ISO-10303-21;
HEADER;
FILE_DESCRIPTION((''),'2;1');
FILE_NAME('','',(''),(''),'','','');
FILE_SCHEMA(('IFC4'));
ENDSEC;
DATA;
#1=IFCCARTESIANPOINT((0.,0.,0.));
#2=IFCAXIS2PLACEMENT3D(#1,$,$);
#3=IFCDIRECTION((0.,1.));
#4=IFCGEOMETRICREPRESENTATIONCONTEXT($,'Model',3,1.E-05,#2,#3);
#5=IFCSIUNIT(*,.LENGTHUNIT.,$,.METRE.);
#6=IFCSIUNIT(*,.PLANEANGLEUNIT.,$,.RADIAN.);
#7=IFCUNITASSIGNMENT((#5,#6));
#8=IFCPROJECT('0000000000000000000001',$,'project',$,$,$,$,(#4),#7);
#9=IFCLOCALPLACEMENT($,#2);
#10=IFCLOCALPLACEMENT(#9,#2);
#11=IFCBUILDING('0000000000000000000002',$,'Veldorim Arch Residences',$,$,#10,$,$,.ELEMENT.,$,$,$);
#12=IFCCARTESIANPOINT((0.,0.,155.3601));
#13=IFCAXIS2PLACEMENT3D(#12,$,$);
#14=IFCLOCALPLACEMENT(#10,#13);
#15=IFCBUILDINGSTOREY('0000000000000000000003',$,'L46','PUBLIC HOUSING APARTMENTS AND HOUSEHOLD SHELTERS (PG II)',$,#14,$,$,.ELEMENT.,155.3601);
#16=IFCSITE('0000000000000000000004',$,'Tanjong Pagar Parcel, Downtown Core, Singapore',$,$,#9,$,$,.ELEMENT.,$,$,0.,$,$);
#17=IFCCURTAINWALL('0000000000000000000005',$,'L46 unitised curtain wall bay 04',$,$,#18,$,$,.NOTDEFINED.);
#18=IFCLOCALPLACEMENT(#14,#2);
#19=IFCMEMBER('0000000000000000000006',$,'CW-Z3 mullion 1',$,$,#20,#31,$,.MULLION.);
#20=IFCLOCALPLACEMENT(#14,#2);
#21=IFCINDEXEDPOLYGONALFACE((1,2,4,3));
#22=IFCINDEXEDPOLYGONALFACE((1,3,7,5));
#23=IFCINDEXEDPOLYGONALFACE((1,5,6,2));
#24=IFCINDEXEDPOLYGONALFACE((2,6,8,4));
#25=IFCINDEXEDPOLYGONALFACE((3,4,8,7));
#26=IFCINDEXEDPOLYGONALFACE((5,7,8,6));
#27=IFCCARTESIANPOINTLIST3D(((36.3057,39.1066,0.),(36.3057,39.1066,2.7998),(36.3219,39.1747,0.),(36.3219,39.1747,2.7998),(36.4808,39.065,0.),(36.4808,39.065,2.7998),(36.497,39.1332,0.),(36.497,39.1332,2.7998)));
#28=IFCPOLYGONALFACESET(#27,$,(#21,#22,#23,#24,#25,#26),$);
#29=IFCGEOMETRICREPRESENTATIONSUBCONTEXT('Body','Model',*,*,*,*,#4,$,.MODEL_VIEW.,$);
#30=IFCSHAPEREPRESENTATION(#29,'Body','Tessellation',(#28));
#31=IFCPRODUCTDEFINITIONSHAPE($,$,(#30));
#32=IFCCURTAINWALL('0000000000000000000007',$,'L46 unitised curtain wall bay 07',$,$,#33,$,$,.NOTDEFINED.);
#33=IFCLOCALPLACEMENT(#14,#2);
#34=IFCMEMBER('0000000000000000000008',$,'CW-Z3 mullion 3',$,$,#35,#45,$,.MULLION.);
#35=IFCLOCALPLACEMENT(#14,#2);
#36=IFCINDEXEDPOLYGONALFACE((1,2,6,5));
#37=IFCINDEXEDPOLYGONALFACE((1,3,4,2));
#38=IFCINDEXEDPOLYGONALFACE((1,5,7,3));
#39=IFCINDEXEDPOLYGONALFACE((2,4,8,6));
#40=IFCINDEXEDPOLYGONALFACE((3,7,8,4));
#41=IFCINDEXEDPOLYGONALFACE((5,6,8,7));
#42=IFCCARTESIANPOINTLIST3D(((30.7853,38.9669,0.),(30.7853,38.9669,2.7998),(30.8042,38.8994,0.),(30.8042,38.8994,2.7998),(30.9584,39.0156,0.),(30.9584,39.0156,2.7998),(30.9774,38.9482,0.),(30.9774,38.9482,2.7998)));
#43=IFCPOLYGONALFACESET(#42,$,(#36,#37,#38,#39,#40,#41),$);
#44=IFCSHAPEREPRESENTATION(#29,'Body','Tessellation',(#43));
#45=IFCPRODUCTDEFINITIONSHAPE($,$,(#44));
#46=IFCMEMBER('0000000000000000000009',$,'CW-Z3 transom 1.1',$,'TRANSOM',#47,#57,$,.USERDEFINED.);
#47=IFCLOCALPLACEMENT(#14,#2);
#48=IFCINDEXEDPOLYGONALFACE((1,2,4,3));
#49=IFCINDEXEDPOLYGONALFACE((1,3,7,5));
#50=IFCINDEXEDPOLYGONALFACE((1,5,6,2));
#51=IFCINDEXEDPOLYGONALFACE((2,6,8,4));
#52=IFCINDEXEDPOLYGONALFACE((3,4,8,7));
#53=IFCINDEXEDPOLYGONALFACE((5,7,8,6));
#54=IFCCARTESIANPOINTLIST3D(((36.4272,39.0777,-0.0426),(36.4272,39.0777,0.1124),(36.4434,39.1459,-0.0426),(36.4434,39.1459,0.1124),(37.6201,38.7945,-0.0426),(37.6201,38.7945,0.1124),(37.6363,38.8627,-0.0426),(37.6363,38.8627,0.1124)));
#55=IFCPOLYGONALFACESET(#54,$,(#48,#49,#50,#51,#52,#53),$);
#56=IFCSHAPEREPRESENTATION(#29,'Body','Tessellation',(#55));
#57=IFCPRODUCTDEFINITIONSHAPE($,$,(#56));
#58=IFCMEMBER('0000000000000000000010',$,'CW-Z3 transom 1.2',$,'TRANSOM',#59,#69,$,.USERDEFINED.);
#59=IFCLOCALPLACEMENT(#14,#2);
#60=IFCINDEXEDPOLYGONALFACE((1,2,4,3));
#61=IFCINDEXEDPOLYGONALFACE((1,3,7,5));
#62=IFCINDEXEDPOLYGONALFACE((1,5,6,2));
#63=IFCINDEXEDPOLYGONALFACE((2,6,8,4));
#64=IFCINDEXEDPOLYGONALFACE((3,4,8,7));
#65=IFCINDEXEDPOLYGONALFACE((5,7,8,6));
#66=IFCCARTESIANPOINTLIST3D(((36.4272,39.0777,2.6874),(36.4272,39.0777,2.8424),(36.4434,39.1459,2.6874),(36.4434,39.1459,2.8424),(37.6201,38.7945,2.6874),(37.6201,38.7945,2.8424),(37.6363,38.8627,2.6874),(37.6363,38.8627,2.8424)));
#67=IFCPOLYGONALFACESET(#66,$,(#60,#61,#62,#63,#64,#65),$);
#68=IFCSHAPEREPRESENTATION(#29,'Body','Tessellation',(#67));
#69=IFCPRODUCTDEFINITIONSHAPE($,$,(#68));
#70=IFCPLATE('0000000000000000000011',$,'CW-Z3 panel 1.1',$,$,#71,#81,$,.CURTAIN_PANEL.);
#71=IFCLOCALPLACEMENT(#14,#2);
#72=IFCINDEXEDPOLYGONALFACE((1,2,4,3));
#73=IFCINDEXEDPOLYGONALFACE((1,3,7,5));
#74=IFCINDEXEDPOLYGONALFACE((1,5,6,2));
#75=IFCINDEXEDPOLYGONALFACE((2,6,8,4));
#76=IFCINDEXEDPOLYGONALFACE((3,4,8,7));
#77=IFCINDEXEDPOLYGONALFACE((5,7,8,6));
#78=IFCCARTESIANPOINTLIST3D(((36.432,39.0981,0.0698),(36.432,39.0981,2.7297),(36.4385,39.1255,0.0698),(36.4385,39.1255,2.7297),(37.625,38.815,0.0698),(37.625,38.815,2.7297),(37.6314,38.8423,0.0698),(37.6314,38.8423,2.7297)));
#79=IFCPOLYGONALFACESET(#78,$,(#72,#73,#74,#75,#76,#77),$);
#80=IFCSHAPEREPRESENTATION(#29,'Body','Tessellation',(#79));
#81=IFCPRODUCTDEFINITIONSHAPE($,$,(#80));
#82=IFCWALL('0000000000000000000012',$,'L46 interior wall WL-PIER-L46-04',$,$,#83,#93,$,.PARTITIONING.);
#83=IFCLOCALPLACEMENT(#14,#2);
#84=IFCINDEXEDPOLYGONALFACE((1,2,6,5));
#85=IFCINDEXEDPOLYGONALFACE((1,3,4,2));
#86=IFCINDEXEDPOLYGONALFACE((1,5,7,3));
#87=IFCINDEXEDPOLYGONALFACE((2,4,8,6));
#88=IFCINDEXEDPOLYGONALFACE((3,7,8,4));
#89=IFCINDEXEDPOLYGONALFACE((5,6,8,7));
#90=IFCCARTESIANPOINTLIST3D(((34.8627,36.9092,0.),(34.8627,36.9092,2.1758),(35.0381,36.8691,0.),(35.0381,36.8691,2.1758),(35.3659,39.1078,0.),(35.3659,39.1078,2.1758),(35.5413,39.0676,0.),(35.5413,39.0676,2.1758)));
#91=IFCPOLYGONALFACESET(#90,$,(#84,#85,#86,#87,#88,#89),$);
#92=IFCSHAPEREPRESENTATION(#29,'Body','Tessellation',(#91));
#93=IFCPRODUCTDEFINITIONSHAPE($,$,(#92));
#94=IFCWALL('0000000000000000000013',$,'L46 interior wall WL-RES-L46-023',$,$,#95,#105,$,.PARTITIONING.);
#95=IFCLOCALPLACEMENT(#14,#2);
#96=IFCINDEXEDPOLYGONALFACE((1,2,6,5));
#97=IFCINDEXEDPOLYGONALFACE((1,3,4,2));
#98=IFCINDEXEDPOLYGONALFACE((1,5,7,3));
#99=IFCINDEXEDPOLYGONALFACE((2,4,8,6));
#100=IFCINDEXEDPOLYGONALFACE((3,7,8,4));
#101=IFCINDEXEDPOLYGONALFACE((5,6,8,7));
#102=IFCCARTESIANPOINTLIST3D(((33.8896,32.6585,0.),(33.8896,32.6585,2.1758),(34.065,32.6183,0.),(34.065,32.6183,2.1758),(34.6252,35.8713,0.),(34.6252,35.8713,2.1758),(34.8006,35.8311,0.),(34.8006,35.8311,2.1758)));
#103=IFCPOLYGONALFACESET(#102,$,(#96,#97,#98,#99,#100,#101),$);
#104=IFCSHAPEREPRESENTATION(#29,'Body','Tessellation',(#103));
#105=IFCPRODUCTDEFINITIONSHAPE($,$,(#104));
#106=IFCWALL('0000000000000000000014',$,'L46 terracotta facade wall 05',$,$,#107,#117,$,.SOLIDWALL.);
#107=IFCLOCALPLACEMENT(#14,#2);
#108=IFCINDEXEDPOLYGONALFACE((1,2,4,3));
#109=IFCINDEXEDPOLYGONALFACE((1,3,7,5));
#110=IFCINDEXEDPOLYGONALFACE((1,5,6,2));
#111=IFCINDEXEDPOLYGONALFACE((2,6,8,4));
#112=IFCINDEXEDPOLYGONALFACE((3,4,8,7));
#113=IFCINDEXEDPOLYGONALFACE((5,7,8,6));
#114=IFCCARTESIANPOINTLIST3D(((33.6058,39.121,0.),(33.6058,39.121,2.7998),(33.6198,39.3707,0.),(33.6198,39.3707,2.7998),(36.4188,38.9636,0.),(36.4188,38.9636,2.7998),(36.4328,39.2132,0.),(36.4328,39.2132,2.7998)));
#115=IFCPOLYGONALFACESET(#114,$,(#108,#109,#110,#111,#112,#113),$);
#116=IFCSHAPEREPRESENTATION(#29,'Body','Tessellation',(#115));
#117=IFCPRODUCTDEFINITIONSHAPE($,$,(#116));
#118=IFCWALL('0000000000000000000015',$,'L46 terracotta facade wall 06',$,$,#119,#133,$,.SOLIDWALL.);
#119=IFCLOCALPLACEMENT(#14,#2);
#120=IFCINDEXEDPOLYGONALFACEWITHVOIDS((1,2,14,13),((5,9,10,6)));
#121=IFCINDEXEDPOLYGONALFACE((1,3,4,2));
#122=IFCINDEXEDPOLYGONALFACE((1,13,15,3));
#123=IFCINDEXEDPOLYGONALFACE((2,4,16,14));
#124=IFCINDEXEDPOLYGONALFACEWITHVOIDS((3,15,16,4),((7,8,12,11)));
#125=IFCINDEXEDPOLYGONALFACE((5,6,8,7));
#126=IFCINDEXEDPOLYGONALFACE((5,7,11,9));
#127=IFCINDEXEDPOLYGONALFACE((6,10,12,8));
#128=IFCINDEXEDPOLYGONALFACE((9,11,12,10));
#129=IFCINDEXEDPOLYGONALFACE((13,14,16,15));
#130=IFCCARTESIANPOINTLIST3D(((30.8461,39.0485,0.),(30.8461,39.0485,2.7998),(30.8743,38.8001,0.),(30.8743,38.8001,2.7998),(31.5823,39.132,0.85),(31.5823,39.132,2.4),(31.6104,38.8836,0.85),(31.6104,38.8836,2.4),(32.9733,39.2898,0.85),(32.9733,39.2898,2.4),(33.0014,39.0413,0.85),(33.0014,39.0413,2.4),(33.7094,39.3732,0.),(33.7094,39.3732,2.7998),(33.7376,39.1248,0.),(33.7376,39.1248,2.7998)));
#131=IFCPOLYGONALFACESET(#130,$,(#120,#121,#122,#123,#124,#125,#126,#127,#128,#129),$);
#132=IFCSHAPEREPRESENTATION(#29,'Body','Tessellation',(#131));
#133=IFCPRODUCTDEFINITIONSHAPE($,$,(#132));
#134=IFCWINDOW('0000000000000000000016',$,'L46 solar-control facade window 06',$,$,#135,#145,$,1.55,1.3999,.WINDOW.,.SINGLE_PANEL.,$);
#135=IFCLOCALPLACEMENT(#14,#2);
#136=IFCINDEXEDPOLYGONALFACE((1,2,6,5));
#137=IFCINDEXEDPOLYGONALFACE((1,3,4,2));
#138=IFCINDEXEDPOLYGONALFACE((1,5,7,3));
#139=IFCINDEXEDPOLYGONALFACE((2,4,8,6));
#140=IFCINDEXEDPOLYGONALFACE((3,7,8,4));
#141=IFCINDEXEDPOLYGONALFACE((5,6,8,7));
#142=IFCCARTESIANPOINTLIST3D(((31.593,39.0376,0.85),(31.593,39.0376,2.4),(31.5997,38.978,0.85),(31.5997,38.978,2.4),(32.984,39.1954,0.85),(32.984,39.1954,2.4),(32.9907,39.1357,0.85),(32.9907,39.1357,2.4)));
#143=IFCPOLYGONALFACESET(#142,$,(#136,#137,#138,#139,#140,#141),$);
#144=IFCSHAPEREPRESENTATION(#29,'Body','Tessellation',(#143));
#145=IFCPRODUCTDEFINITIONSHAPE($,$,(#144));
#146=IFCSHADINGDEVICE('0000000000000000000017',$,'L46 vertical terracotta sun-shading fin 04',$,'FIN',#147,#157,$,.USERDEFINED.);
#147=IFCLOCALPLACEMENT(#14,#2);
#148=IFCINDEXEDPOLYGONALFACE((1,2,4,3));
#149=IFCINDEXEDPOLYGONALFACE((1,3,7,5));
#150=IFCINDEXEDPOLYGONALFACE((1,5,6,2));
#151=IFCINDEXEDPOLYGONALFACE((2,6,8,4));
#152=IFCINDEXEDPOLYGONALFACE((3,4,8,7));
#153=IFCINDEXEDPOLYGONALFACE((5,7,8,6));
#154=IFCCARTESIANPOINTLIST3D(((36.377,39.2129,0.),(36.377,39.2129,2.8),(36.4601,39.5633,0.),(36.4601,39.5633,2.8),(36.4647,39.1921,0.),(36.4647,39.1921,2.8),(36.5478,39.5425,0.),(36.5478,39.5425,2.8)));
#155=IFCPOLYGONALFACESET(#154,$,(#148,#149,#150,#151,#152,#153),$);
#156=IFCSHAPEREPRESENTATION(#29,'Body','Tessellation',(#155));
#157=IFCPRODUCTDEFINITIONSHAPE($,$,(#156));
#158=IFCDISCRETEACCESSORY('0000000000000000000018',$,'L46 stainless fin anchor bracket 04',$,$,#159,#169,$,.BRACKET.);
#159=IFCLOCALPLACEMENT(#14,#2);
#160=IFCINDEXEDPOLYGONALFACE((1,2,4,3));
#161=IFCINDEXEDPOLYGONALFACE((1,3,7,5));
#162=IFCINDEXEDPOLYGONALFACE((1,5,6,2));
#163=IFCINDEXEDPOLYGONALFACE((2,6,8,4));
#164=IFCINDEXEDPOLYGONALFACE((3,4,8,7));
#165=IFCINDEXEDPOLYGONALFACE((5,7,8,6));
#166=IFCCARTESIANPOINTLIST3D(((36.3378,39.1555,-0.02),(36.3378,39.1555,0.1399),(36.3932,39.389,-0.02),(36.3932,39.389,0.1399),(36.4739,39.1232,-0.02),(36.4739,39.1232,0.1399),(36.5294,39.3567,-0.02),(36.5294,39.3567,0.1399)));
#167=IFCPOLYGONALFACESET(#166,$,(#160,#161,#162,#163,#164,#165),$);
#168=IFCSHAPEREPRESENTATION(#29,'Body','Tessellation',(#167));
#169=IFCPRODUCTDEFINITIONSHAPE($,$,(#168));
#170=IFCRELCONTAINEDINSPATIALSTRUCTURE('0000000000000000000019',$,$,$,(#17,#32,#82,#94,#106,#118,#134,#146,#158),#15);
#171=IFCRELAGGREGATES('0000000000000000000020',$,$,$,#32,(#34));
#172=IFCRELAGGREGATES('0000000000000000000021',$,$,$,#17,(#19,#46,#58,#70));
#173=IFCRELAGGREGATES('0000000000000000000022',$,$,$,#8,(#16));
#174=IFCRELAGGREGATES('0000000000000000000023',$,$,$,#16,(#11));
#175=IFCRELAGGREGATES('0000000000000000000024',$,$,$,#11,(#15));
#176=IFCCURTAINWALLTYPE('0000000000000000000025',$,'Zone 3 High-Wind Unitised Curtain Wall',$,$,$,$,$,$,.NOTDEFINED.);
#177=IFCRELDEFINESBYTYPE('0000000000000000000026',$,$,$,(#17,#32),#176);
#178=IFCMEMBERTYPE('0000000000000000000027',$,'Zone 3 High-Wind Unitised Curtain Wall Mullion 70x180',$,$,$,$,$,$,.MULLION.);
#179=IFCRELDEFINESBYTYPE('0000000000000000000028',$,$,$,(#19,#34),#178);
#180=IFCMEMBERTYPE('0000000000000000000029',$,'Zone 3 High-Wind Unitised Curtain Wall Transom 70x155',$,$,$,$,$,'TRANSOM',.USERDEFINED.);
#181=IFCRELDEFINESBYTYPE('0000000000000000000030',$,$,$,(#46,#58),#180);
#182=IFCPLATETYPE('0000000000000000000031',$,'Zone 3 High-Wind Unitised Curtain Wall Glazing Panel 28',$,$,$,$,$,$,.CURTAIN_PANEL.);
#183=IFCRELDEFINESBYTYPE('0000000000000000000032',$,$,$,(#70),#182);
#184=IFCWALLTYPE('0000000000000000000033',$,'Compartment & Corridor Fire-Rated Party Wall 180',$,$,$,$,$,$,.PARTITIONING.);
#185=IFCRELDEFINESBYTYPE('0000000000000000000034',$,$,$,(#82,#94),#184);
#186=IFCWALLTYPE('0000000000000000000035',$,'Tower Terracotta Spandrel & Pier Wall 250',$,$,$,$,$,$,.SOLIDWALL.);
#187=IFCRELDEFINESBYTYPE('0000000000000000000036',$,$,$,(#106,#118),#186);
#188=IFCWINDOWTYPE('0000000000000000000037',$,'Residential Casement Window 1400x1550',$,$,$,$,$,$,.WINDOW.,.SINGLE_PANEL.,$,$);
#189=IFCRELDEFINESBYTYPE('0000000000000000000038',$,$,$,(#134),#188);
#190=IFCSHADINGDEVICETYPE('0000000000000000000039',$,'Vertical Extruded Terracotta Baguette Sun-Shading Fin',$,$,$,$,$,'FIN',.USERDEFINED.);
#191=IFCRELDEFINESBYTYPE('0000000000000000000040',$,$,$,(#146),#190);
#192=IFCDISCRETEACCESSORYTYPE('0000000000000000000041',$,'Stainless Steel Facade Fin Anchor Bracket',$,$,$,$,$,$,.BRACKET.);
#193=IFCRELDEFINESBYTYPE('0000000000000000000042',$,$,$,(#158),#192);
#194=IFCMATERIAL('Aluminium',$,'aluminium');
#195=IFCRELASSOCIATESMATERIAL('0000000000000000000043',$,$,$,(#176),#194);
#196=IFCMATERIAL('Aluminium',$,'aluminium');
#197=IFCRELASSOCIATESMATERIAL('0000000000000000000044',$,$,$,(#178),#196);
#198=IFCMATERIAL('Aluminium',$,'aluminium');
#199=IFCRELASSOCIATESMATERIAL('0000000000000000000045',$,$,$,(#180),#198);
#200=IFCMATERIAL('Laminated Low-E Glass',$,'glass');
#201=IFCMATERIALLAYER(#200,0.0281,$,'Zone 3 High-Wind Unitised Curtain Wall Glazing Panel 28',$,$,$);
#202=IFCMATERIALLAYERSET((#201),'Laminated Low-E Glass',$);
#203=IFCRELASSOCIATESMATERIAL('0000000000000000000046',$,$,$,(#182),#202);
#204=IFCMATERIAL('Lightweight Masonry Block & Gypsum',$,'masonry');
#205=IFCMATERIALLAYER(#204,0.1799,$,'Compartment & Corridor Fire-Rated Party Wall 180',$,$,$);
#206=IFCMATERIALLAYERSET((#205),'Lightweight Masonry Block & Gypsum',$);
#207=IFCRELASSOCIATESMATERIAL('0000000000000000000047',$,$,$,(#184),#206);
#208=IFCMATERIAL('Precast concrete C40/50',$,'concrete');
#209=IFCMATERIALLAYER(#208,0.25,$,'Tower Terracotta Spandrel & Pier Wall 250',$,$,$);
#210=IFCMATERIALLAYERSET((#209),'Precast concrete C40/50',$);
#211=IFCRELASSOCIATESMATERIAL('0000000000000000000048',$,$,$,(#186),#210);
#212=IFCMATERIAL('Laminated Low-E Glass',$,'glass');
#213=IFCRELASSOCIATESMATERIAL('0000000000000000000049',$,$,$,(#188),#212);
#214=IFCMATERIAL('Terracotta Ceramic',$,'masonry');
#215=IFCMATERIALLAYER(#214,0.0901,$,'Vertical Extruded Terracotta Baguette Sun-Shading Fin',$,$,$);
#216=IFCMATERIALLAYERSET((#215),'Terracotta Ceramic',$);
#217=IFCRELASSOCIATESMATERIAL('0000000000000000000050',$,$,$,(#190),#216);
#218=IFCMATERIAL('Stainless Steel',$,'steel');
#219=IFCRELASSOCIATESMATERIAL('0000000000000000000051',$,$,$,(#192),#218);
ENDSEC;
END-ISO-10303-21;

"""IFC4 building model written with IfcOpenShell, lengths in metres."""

from ifc_helpers import new_model, si_unit, direction, frame, frame_2d, origin, origin_2d, place, context, subcontext, project, spatial, rectangle, extrude, material, layer, layer_set, material_profile, profile_set, type_object, element, fill, aggregate, save


model = new_model("IFC4")

# Units and contexts
model_context = context("Model", 3, precision=1e-05, world=origin(), true_north=direction((0.0, 1.0)))
body_context = subcontext(model_context, "Body", "Model", "MODEL_VIEW")
ifc_project = project(units=[si_unit("LENGTHUNIT", "METRE"), si_unit("PLANEANGLEUNIT", "RADIAN")], contexts=[model_context])

# Site, building, storey
site_placement = place(None, origin())
site = spatial("IfcSite", under=ifc_project, at=site_placement, Name="Tanjong Pagar Parcel, Downtown Core, Singapore", CompositionType="ELEMENT", RefElevation=0.0)
building_placement = place(site_placement, origin())
building = spatial("IfcBuilding", under=site, at=building_placement, Name="Veldorim Arch Residences", CompositionType="ELEMENT")
storey_placement = place(building_placement, frame((0.0, 0.0, 155.3601)))
storey = spatial("IfcBuildingStorey", under=building, at=storey_placement, Name="L46", Description="PUBLIC HOUSING APARTMENTS AND HOUSEHOLD SHELTERS (PG II)", CompositionType="ELEMENT", Elevation=155.3601)

# Curtain walls, members
ifc_material_1 = material(Name="Aluminium", Category="aluminium")
curtain_wall_type = type_object("IfcCurtainWallType", Name="Zone 3 High-Wind Unitised Curtain Wall", PredefinedType="NOTDEFINED", material=ifc_material_1)
curtain_wall_1_placement = place(storey_placement, origin())
curtain_wall_1 = element("IfcCurtainWall", 1, at=curtain_wall_1_placement, inside=storey, type_object=curtain_wall_type, Name="L46 unitised curtain wall bay 04", PredefinedType="NOTDEFINED")
ifc_material_2 = material(Name="Aluminium", Category="aluminium")
ifc_material_profile_1 = material_profile(ifc_material_2, rectangle(XDim=0.0701, YDim=0.1799, at=origin_2d()), Name="ALU_MUL_70x180")
ifc_profile_set_1 = profile_set([ifc_material_profile_1], Name="Aluminium")
member_type_1 = type_object("IfcMemberType", Name="Zone 3 High-Wind Unitised Curtain Wall Mullion 70x180", PredefinedType="MULLION", material=ifc_profile_set_1)
member_1_placement = place(storey_placement, frame((36.4014, 39.1199, 0.0), z_axis=(0.0, 0.0, 1.0), x_axis=(0.230957, 0.972964, 0.0)))
member_1 = element("IfcMember", 2, at=member_1_placement, type_object=member_type_1, Name="CW-Z3 mullion 1", PredefinedType="MULLION", context=body_context, shape_type="SweptSolid", body=[
    extrude(rectangle(XDim=0.0701, YDim=0.1799, at=origin_2d()), origin(), (0.0, 0.0, 1.0), 2.7998),
])
curtain_wall_2_placement = place(storey_placement, origin())
curtain_wall_2 = element("IfcCurtainWall", 3, at=curtain_wall_2_placement, inside=storey, type_object=curtain_wall_type, Name="L46 unitised curtain wall bay 07", PredefinedType="NOTDEFINED")
member_2_placement = place(storey_placement, frame((30.8813, 38.9575, 0.0), z_axis=(0.0, 0.0, 1.0), x_axis=(-0.271101, 0.962551, 0.0)))
member_2 = element("IfcMember", 4, at=member_2_placement, type_object=member_type_1, Name="CW-Z3 mullion 3", PredefinedType="MULLION", context=body_context, shape_type="SweptSolid", body=[
    extrude(rectangle(XDim=0.0701, YDim=0.1799, at=origin_2d()), origin(), (0.0, 0.0, 1.0), 2.7998),
])
aggregate(curtain_wall_2, [member_2])

# Members
ifc_material_3 = material(Name="Aluminium", Category="aluminium")
ifc_material_profile_2 = material_profile(ifc_material_3, rectangle(XDim=0.0701, YDim=0.155, at=origin_2d()), Name="ALU_TRN_70x155")
ifc_profile_set_2 = profile_set([ifc_material_profile_2], Name="Aluminium")
member_type_2 = type_object("IfcMemberType", Name="Zone 3 High-Wind Unitised Curtain Wall Transom 70x155", ElementType="TRANSOM", PredefinedType="USERDEFINED", material=ifc_profile_set_2)
member_3_placement = place(storey_placement, frame((36.4353, 39.1118, 0.0349), z_axis=(0.972956, -0.230992, 0.0), x_axis=(0.230992, 0.972956, 0.0)))
member_3 = element("IfcMember", 5, at=member_3_placement, type_object=member_type_2, Name="CW-Z3 transom 1.1", ObjectType="TRANSOM", PredefinedType="USERDEFINED", context=body_context, shape_type="SweptSolid", body=[
    extrude(rectangle(XDim=0.0701, YDim=0.155, at=origin_2d()), origin(), (0.0, 0.0, 1.0), 1.2261),
])
member_4_placement = place(storey_placement, frame((36.4353, 39.1118, 2.7649), z_axis=(0.972956, -0.230992, 0.0), x_axis=(0.230992, 0.972956, 0.0)))
member_4 = element("IfcMember", 6, at=member_4_placement, type_object=member_type_2, Name="CW-Z3 transom 1.2", ObjectType="TRANSOM", PredefinedType="USERDEFINED", context=body_context, shape_type="SweptSolid", body=[
    extrude(rectangle(XDim=0.0701, YDim=0.155, at=origin_2d()), origin(), (0.0, 0.0, 1.0), 1.2261),
])

# Plate
ifc_material_4 = material(Name="Laminated Low-E Glass", Category="glass")
ifc_layer_1 = layer(ifc_material_4, 0.0281, Name="Zone 3 High-Wind Unitised Curtain Wall Glazing Panel 28")
ifc_layer_set_1 = layer_set([ifc_layer_1], Name="Laminated Low-E Glass")
plate_type = type_object("IfcPlateType", Name="Zone 3 High-Wind Unitised Curtain Wall Glazing Panel 28", PredefinedType="CURTAIN_PANEL", material=ifc_layer_set_1)
plate_placement = place(storey_placement, frame((37.0317, 38.9702, 0.0698), z_axis=(0.0, 0.0, 1.0), x_axis=(0.972964, -0.230957, 0.0)))
plate = element("IfcPlate", 7, at=plate_placement, type_object=plate_type, Name="CW-Z3 panel 1.1", PredefinedType="CURTAIN_PANEL", context=body_context, shape_type="SweptSolid", body=[
    extrude(rectangle(XDim=1.2261, YDim=0.0281, at=origin_2d()), origin(), (0.0, 0.0, 1.0), 2.6599),
])
aggregate(curtain_wall_1, [member_1, member_3, member_4, plate])

# Walls
ifc_material_5 = material(Name="Lightweight Masonry Block & Gypsum", Category="masonry")
ifc_layer_2 = layer(ifc_material_5, 0.1799, Name="Compartment & Corridor Fire-Rated Party Wall 180")
ifc_layer_set_2 = layer_set([ifc_layer_2], Name="Lightweight Masonry Block & Gypsum")
wall_type_1 = type_object("IfcWallType", Name="Compartment & Corridor Fire-Rated Party Wall 180", PredefinedType="PARTITIONING", material=ifc_layer_set_2)
wall_1_placement = place(storey_placement, frame((34.9504, 36.8892, 0.0), z_axis=(0.0, 0.0, 1.0), x_axis=(0.223104, 0.974795, 0.0)))
element("IfcWall", 8, at=wall_1_placement, inside=storey, type_object=wall_type_1, Name="L46 interior wall WL-PIER-L46-04", PredefinedType="PARTITIONING", context=body_context, shape_type="SweptSolid", body=[
    extrude(rectangle(XDim=2.2554, YDim=0.1799, at=frame_2d((1.1277, 0.0))), origin(), (0.0, 0.0, 1.0), 2.1758),
])
wall_2_placement = place(storey_placement, frame((33.9773, 32.6384, 0.0), z_axis=(0.0, 0.0, 1.0), x_axis=(0.223193, 0.974774, 0.0)))
element("IfcWall", 9, at=wall_2_placement, inside=storey, type_object=wall_type_1, Name="L46 interior wall WL-RES-L46-023", PredefinedType="PARTITIONING", context=body_context, shape_type="SweptSolid", body=[
    extrude(rectangle(XDim=3.2959, YDim=0.1799, at=frame_2d((1.6479, 0.0))), origin(), (0.0, 0.0, 1.0), 2.1758),
])
ifc_material_6 = material(Name="Precast concrete C40/50", Category="concrete")
ifc_layer_3 = layer(ifc_material_6, 0.25, Name="Tower Terracotta Spandrel & Pier Wall 250")
ifc_layer_set_3 = layer_set([ifc_layer_3], Name="Precast concrete C40/50")
wall_type_2 = type_object("IfcWallType", Name="Tower Terracotta Spandrel & Pier Wall 250", PredefinedType="SOLIDWALL", material=ifc_layer_set_3)
wall_3_placement = place(storey_placement, frame((33.6128, 39.2458, 0.0), z_axis=(0.0, 0.0, 1.0), x_axis=(0.998437, -0.055892, 0.0)))
element("IfcWall", 10, at=wall_3_placement, inside=storey, type_object=wall_type_2, Name="L46 terracotta facade wall 05", PredefinedType="SOLIDWALL", context=body_context, shape_type="SweptSolid", body=[
    extrude(rectangle(XDim=2.8174, YDim=0.25, at=frame_2d((1.4087, 0.0))), origin(), (0.0, 0.0, 1.0), 2.7998),
])

# Wall, opening, window
wall_4_placement = place(storey_placement, frame((30.8601, 38.9243, 0.0), z_axis=(0.0, 0.0, 1.0), x_axis=(0.993631, 0.112682, 0.0)))
wall_4 = element("IfcWall", 11, at=wall_4_placement, inside=storey, type_object=wall_type_2, Name="L46 terracotta facade wall 06", PredefinedType="SOLIDWALL", context=body_context, shape_type="SweptSolid", body=[
    extrude(rectangle(XDim=2.8816, YDim=0.25, at=frame_2d((1.4409, 0.0))), origin(), (0.0, 0.0, 1.0), 2.7998),
])
opening_placement = place(wall_4_placement, frame((0.741, 0.0, 0.8501)))
opening = element("IfcOpeningElement", 12, at=opening_placement, cuts=wall_4, PredefinedType="OPENING", context=body_context, shape_type="SweptSolid", body=[
    extrude(rectangle(XDim=1.3999, YDim=1.55, at=frame_2d((0.7, 0.7749))), frame((0.0, 0.135, 0.0), z_axis=(0.0, -1.0, 0.0), x_axis=(1.0, 0.0, 0.0)), (0.0, 0.0, 1.0), 0.27),
])
ifc_material_7 = material(Name="Laminated Low-E Glass", Category="glass")
window_type = type_object("IfcWindowType", Name="Residential Casement Window 1400x1550", PartitioningType="SINGLE_PANEL", PredefinedType="WINDOW", material=ifc_material_7)
window_placement = place(opening_placement, origin())
window = element("IfcWindow", 13, at=window_placement, inside=storey, type_object=window_type, Name="L46 solar-control facade window 06", OverallHeight=1.55, OverallWidth=1.3999, PartitioningType="SINGLE_PANEL", PredefinedType="WINDOW", context=body_context, shape_type="SweptSolid", body=[
    extrude(rectangle(XDim=1.3999, YDim=1.55, at=frame_2d((0.7, 0.7749))), frame((0.0, 0.03, 0.0), z_axis=(0.0, -1.0, 0.0), x_axis=(1.0, 0.0, 0.0)), (0.0, 0.0, 1.0), 0.0601),
])
fill(opening, window)

# Shading device
ifc_material_8 = material(Name="Terracotta Ceramic", Category="masonry")
ifc_layer_4 = layer(ifc_material_8, 0.0901, Name="Vertical Extruded Terracotta Baguette Sun-Shading Fin")
ifc_layer_set_4 = layer_set([ifc_layer_4], Name="Terracotta Ceramic")
shading_device_type = type_object("IfcShadingDeviceType", Name="Vertical Extruded Terracotta Baguette Sun-Shading Fin", ElementType="FIN", PredefinedType="USERDEFINED", material=ifc_layer_set_4)
shading_device_placement = place(storey_placement, frame((36.4624, 39.3777, 0.0), z_axis=(0.0, 0.0, 1.0), x_axis=(0.972978, -0.230899, 0.0)))
element("IfcShadingDevice", 14, at=shading_device_placement, inside=storey, type_object=shading_device_type, Name="L46 vertical terracotta sun-shading fin 04", ObjectType="FIN", PredefinedType="USERDEFINED", context=body_context, shape_type="SweptSolid", body=[
    extrude(rectangle(XDim=0.0901, YDim=0.3601, at=origin_2d()), origin(), (0.0, 0.0, 1.0), 2.8),
])

# Discrete accessory
ifc_material_9 = material(Name="Stainless Steel", Category="steel")
discrete_accessory_type = type_object("IfcDiscreteAccessoryType", Name="Stainless Steel Facade Fin Anchor Bracket", PredefinedType="BRACKET", material=ifc_material_9)
discrete_accessory_placement = place(storey_placement, frame((36.4336, 39.2561, -0.02), z_axis=(0.0, 0.0, 1.0), x_axis=(0.972978, -0.230899, 0.0)))
element("IfcDiscreteAccessory", 15, at=discrete_accessory_placement, inside=storey, type_object=discrete_accessory_type, Name="L46 stainless fin anchor bracket 04", PredefinedType="BRACKET", context=body_context, shape_type="SweptSolid", body=[
    extrude(rectangle(XDim=0.1399, YDim=0.24, at=origin_2d()), origin(), (0.0, 0.0, 1.0), 0.1599),
])

save(model, "model.ifc")
